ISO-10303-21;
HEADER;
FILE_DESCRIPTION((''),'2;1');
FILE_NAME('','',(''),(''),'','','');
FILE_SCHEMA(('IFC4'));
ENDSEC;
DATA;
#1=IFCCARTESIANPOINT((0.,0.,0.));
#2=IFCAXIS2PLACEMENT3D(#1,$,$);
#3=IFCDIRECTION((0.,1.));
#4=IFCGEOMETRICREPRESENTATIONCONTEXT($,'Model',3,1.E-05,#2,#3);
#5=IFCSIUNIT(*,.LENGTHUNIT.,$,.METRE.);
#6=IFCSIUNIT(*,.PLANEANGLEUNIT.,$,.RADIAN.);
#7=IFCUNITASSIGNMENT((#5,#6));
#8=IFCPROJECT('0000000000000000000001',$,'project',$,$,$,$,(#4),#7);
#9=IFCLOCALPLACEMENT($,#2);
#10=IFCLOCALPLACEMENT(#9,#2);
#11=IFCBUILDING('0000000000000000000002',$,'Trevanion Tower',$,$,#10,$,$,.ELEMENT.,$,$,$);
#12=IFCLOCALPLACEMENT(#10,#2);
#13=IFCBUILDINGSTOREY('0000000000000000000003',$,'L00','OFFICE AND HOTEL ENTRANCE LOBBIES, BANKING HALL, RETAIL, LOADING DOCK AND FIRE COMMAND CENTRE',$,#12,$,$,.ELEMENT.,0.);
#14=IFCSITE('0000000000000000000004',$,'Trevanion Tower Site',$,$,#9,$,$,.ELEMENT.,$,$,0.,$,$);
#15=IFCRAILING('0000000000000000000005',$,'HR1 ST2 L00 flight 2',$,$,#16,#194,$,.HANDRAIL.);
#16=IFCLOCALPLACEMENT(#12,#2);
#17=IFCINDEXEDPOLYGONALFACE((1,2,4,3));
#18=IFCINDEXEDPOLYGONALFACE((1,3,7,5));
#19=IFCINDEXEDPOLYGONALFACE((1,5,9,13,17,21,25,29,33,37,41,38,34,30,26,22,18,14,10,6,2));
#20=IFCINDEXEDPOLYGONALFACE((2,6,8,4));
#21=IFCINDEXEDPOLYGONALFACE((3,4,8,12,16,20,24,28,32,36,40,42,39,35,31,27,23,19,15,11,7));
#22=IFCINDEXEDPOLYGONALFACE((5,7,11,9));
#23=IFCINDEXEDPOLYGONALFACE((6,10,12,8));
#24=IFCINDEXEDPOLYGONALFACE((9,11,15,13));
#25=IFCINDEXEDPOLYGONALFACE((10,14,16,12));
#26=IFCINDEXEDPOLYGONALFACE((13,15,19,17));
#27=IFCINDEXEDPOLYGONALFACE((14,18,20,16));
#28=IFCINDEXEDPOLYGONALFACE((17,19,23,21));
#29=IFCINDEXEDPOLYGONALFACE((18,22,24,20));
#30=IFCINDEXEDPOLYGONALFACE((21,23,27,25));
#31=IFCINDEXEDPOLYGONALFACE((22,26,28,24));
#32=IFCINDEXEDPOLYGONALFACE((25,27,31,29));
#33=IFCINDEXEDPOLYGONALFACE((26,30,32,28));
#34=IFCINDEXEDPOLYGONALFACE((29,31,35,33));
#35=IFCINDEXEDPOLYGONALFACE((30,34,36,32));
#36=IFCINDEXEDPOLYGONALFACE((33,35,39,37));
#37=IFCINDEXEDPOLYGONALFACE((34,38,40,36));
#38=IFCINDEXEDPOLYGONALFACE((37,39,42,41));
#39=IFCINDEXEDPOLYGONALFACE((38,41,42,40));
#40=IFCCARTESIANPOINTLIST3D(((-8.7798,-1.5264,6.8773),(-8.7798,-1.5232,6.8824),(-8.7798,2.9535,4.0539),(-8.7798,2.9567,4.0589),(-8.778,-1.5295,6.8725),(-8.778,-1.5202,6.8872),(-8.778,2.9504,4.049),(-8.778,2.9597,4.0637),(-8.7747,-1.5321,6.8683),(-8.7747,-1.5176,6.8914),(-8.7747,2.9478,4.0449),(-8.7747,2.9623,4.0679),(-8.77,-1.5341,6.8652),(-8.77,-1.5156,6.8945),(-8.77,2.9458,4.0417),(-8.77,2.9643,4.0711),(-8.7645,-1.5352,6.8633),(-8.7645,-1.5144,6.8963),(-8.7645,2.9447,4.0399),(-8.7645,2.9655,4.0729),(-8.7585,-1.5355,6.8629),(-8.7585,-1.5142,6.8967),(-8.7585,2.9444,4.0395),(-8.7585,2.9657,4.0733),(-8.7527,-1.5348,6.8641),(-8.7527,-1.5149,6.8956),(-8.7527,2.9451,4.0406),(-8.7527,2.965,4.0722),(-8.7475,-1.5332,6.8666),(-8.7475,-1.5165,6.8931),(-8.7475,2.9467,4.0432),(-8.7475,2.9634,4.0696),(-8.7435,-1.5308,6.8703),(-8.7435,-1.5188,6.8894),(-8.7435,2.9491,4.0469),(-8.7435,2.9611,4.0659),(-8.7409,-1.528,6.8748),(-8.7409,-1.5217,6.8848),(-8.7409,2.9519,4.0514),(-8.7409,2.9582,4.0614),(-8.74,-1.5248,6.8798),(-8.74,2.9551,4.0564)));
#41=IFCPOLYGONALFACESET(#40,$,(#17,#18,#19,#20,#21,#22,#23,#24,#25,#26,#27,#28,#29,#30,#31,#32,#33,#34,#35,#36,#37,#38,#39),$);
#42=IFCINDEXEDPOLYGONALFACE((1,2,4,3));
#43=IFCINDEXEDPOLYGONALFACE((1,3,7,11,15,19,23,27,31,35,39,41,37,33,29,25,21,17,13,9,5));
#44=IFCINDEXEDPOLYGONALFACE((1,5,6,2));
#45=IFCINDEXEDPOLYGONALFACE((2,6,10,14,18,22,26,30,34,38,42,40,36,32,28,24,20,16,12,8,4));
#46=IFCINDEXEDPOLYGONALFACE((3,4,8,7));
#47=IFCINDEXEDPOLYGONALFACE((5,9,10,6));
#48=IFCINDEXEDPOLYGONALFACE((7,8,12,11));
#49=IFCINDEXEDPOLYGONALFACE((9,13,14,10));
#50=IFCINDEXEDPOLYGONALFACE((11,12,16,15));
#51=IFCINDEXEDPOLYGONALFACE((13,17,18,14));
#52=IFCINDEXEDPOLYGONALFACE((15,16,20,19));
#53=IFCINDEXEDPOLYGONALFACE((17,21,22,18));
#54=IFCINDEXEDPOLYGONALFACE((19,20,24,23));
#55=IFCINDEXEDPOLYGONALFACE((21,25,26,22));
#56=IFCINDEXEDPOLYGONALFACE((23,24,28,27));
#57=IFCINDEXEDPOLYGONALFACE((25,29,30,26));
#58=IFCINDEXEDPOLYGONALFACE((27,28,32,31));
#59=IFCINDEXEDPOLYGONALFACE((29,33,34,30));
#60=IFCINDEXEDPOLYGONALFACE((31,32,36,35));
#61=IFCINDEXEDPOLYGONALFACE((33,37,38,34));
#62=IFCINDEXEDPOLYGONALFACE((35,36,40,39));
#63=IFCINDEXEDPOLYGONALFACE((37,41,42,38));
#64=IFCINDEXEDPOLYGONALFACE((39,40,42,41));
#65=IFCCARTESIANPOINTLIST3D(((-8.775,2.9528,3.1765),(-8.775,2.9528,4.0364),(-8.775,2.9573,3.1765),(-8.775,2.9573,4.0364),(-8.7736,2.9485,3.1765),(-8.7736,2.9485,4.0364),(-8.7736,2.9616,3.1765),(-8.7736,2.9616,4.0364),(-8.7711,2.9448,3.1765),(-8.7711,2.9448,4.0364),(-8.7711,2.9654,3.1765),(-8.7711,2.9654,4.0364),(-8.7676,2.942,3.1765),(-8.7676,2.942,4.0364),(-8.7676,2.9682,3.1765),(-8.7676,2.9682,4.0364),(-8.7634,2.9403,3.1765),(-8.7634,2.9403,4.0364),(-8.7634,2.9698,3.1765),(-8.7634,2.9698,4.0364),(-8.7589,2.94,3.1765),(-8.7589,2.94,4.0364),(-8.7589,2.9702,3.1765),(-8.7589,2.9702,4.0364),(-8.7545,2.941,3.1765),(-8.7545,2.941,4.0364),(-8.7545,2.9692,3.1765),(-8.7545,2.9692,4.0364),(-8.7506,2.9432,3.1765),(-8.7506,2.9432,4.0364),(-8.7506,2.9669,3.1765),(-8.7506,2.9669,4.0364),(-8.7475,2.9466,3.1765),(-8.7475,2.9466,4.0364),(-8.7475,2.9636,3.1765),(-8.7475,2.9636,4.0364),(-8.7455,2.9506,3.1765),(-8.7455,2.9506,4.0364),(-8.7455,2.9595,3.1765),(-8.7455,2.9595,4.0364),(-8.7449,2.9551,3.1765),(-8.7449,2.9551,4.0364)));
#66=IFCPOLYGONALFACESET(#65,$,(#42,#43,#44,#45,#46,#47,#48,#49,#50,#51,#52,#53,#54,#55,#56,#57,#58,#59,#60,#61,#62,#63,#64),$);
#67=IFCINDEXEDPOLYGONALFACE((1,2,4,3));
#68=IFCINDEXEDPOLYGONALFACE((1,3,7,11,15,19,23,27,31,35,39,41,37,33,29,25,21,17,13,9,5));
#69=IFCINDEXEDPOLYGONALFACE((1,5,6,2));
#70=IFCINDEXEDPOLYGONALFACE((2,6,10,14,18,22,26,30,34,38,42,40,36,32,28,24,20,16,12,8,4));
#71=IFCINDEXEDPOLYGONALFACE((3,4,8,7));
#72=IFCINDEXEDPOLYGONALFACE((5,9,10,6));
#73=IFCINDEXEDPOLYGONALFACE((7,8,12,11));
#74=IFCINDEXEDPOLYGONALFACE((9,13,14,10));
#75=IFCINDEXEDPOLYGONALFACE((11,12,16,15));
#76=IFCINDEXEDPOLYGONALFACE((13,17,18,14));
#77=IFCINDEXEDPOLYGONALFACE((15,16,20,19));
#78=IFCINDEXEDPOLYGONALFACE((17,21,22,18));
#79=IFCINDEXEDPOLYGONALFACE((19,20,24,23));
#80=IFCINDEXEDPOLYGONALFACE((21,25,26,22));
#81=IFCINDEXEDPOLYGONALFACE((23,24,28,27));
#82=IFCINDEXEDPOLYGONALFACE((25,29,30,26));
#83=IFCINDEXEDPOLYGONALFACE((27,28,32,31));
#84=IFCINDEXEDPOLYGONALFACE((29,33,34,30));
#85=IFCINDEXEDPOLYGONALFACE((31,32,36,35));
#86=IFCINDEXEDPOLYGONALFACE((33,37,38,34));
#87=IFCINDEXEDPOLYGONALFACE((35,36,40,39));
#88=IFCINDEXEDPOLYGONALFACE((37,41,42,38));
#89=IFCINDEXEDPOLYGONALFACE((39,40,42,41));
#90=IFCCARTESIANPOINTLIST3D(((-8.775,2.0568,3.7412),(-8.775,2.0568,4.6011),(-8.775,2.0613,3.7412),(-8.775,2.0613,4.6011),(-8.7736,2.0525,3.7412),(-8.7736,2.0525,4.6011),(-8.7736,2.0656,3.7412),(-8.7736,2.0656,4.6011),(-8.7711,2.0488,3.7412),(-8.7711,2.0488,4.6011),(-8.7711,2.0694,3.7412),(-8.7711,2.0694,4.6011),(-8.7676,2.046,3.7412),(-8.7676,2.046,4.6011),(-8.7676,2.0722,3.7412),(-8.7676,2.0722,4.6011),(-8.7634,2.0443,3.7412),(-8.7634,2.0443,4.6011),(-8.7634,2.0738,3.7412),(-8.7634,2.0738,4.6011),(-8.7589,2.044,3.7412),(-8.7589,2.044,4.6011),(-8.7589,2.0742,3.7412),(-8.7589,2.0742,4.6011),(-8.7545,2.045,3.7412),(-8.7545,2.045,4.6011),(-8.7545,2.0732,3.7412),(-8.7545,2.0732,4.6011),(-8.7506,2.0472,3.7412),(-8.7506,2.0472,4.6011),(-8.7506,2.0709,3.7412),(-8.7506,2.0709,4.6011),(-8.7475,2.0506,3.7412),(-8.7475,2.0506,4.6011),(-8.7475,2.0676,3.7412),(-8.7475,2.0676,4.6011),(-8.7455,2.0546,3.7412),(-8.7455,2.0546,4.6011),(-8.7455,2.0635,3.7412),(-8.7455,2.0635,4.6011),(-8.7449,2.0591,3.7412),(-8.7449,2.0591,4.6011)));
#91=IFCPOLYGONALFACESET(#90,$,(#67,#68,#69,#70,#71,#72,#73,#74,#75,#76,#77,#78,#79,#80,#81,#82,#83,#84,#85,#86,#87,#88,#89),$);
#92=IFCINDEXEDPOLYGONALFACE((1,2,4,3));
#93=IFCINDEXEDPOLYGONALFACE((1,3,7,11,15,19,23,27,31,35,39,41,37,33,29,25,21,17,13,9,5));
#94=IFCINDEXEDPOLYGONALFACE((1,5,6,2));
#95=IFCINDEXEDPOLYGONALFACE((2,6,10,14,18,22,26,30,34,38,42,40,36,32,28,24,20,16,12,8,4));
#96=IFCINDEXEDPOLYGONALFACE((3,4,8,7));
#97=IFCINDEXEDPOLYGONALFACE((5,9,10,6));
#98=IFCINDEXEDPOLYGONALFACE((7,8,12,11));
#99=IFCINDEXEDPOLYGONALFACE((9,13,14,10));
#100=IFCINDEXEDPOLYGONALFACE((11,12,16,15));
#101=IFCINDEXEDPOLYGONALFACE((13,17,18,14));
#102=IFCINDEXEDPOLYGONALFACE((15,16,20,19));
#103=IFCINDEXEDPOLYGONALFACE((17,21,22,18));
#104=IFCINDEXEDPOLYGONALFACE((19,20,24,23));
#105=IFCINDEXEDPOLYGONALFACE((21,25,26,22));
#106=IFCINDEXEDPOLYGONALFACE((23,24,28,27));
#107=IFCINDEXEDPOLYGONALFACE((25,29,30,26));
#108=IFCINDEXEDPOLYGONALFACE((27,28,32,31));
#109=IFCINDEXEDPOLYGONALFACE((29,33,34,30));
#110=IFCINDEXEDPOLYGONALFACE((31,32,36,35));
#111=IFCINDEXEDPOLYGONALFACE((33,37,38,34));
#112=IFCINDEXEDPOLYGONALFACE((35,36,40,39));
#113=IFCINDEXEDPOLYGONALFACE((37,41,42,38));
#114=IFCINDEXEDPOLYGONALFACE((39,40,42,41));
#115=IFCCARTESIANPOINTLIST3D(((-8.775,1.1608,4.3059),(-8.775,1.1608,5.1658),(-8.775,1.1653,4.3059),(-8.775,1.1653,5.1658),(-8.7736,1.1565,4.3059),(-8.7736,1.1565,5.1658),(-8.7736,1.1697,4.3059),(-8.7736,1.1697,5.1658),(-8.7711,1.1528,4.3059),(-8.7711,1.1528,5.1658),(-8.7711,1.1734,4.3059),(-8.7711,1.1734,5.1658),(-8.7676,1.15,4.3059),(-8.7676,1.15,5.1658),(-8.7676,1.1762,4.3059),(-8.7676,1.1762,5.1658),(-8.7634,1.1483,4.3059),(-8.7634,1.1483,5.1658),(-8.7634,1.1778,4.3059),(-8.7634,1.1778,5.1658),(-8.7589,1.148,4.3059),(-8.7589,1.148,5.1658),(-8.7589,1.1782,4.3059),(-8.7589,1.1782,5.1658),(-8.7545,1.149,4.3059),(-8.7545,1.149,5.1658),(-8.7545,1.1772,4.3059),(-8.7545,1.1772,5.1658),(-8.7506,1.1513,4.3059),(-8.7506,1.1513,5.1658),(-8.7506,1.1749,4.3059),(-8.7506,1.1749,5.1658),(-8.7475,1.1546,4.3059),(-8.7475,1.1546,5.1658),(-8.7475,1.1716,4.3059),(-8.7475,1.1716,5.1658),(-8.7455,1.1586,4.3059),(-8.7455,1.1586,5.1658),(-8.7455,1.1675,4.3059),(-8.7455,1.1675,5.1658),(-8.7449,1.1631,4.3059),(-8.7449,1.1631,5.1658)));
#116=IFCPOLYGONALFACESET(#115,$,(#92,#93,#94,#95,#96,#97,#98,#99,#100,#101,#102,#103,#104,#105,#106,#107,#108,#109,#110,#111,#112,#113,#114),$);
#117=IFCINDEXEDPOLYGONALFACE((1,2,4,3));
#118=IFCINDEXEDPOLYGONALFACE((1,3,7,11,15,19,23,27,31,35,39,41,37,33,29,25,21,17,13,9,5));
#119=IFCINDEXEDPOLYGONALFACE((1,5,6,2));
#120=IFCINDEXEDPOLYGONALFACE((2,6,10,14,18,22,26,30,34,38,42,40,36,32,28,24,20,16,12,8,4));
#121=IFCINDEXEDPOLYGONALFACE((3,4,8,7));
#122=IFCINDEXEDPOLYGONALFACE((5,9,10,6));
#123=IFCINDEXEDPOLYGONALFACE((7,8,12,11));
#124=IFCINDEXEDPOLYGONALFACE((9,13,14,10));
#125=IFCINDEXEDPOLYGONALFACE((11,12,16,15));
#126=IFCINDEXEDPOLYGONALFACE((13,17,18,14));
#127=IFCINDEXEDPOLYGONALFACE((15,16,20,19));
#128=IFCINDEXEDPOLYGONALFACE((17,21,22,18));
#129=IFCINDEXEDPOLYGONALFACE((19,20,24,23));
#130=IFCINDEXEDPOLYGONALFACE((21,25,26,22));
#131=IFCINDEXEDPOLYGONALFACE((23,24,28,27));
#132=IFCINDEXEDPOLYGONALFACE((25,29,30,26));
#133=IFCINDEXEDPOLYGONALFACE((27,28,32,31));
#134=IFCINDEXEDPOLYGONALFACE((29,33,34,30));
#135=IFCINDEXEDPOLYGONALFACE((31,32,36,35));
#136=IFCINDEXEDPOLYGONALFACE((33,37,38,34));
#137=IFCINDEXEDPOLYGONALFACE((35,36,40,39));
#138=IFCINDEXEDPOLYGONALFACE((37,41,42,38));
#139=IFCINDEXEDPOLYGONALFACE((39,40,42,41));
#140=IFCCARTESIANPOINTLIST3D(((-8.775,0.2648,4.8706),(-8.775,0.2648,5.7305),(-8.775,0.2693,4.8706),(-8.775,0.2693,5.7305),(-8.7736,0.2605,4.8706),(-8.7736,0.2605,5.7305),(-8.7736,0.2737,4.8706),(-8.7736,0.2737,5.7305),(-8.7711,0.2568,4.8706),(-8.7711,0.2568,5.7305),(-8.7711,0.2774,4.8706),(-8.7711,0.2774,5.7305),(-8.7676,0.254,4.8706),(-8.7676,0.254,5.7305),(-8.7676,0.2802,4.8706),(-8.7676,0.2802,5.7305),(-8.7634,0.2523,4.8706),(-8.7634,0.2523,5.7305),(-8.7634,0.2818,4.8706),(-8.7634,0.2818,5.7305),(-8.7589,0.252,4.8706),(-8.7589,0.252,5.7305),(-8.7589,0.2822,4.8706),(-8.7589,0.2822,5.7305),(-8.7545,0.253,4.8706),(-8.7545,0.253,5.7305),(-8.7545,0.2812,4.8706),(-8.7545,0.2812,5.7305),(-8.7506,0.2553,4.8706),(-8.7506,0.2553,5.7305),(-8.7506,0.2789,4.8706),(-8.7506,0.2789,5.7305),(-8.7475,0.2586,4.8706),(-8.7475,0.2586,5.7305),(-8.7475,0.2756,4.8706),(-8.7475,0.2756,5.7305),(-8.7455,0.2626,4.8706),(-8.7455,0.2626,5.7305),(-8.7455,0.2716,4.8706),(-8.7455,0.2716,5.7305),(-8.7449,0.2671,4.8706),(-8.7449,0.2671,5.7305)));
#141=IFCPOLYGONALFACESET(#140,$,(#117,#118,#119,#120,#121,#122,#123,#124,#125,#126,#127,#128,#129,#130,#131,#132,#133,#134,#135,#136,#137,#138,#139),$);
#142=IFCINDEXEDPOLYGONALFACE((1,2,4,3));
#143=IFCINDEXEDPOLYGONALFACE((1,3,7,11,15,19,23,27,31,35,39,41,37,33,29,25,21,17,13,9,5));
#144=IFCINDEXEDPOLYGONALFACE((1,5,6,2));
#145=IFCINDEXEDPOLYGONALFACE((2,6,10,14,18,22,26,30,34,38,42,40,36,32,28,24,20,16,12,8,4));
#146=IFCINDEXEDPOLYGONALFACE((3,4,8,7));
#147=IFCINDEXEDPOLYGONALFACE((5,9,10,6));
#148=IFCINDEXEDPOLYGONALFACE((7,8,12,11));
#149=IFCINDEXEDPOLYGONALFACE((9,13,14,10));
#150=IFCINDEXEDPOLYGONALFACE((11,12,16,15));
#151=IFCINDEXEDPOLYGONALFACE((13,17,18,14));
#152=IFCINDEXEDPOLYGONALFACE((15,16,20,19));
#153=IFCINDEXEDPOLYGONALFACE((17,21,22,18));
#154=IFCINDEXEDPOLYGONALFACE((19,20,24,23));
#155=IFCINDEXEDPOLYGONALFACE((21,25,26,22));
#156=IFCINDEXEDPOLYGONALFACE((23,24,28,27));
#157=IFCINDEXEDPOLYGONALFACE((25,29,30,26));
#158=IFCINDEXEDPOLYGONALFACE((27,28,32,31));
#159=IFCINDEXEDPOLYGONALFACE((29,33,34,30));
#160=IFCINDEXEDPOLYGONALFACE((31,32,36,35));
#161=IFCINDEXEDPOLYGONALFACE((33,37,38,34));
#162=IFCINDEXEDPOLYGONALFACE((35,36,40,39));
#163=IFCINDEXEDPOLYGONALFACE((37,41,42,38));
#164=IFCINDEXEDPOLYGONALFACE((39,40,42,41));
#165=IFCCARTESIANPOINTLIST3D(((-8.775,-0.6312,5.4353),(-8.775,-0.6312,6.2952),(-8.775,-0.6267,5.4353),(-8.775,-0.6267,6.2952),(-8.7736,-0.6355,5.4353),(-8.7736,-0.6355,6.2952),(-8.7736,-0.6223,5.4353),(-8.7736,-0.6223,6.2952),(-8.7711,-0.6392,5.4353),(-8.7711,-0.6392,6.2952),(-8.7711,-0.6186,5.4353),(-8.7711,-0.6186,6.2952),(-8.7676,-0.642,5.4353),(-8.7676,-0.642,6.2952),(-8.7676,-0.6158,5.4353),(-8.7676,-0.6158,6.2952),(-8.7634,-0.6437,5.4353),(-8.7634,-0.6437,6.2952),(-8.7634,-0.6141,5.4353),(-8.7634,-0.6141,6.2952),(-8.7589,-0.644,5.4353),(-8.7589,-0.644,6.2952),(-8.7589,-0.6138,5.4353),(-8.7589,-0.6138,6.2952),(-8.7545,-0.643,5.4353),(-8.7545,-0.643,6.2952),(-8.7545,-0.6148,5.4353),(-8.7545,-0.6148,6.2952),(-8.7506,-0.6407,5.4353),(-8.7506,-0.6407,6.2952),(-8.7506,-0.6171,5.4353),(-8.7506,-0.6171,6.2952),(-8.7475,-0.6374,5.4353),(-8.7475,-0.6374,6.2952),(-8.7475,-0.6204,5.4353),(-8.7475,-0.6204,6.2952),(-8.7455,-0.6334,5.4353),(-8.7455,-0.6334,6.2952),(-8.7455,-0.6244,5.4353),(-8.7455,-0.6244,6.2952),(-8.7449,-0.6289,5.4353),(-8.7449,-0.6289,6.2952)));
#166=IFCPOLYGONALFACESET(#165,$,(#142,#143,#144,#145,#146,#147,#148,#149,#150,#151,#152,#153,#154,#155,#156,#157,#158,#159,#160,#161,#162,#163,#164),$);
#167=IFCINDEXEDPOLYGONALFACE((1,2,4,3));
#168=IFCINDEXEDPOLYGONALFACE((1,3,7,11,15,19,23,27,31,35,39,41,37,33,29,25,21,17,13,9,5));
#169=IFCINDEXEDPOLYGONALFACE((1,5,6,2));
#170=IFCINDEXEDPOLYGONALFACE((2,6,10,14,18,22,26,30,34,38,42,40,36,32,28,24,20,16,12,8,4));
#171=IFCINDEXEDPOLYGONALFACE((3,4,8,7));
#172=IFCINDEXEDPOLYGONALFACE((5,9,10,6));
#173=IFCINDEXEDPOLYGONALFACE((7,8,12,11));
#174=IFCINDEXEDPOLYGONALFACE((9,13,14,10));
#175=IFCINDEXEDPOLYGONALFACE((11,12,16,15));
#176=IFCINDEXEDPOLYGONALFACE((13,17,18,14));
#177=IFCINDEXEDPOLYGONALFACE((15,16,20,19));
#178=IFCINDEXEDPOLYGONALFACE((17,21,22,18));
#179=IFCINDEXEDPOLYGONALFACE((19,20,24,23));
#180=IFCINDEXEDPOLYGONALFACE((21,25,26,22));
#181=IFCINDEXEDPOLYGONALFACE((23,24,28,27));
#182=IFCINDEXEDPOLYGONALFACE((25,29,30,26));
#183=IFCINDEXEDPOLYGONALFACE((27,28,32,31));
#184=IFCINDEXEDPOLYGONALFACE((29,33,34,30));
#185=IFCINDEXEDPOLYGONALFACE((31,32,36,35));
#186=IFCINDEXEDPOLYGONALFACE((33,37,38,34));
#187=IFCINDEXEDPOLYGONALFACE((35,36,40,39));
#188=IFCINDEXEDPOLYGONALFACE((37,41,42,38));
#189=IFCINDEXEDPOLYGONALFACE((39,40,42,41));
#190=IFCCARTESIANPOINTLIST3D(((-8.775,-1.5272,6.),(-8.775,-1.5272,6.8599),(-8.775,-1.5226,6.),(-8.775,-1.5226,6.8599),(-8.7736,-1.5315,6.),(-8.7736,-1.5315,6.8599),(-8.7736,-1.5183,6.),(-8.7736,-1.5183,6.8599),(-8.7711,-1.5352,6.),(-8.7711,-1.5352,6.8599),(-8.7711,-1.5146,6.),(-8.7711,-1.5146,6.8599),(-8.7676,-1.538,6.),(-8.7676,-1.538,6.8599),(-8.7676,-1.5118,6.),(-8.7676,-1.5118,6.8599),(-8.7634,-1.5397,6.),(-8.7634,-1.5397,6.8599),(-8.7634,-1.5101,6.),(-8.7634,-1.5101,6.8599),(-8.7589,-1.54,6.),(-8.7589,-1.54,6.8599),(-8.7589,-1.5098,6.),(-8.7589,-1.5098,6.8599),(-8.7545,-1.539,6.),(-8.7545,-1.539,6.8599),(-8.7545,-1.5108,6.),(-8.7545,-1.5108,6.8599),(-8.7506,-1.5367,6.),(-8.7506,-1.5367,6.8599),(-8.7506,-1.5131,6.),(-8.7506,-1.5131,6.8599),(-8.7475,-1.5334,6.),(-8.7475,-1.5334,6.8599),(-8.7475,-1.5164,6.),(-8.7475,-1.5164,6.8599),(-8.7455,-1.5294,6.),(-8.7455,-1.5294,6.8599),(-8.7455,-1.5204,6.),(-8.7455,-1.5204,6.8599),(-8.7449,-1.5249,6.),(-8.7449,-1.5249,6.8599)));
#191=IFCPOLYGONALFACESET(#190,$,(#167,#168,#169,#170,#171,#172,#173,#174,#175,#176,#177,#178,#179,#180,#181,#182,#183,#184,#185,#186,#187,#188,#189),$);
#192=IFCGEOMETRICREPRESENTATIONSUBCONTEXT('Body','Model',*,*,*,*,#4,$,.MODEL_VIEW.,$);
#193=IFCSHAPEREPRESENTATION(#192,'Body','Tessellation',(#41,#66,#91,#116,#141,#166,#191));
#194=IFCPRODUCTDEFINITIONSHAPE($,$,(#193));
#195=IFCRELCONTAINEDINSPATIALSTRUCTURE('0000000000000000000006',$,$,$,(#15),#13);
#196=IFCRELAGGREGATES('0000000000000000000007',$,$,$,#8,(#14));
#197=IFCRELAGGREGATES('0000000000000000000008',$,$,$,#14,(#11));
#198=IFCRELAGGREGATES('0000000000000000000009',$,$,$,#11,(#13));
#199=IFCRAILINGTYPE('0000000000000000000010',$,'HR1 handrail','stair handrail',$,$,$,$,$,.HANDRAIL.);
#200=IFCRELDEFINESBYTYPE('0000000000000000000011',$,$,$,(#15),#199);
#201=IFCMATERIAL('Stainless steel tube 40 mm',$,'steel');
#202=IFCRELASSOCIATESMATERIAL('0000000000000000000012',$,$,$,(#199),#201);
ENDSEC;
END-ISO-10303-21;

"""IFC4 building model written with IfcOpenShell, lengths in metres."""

from ifc_helpers import new_model, si_unit, direction, frame, origin, origin_2d, place, context, subcontext, project, spatial, circle, extrude, material, type_object, element, save


model = new_model("IFC4")

# Units and contexts
model_context = context("Model", 3, precision=1e-05, world=origin(), true_north=direction((0.0, 1.0)))
body_context = subcontext(model_context, "Body", "Model", "MODEL_VIEW")
ifc_project = project(units=[si_unit("LENGTHUNIT", "METRE"), si_unit("PLANEANGLEUNIT", "RADIAN")], contexts=[model_context])

# Site, building, storey
site_placement = place(None, origin())
site = spatial("IfcSite", under=ifc_project, at=site_placement, Name="Trevanion Tower Site", CompositionType="ELEMENT", RefElevation=0.0)
building_placement = place(site_placement, origin())
building = spatial("IfcBuilding", under=site, at=building_placement, Name="Trevanion Tower", CompositionType="ELEMENT")
storey_placement = place(building_placement, origin())
storey = spatial("IfcBuildingStorey", under=building, at=storey_placement, Name="L00", Description="OFFICE AND HOTEL ENTRANCE LOBBIES, BANKING HALL, RETAIL, LOADING DOCK AND FIRE COMMAND CENTRE", CompositionType="ELEMENT", Elevation=0.0)

# Railing
ifc_material_1 = material(Name="Stainless steel tube 40 mm", Category="steel")
railing_type = type_object("IfcRailingType", Name="HR1 handrail", Description="stair handrail", PredefinedType="HANDRAIL", material=ifc_material_1)
for number, where, name in (
    (1, (-8.76, 2.9551, 3.1765), "HR1 ST2 L00 flight 2"),
):
    element("IfcRailing", number, at=place(storey_placement, frame(where)), inside=storey, type_object=railing_type, Name=name, PredefinedType="HANDRAIL", context=body_context, shape_type="SweptSolid", body=[
        extrude(circle(Radius=0.02, at=origin_2d()), frame((0.0, 0.0, 0.8799), z_axis=(0.0, -0.845998, 0.533186), x_axis=(1.0, 0.0, 0.0)), (0.0, 0.0, 1.0), 5.2954),
        extrude(circle(Radius=0.0151, at=origin_2d()), origin(), (0.0, 0.0, 1.0), 0.8599),
        extrude(circle(Radius=0.0151, at=origin_2d()), frame((0.0, -0.896, 0.5647)), (0.0, 0.0, 1.0), 0.8599),
        extrude(circle(Radius=0.0151, at=origin_2d()), frame((0.0, -1.792, 1.1294)), (0.0, 0.0, 1.0), 0.8599),
        extrude(circle(Radius=0.0151, at=origin_2d()), frame((0.0, -2.688, 1.6941)), (0.0, 0.0, 1.0), 0.8599),
        extrude(circle(Radius=0.0151, at=origin_2d()), frame((0.0, -3.584, 2.2588)), (0.0, 0.0, 1.0), 0.8599),
        extrude(circle(Radius=0.0151, at=origin_2d()), frame((0.0, -4.48, 2.8235)), (0.0, 0.0, 1.0), 0.8599),
    ])

save(model, "model.ifc")
